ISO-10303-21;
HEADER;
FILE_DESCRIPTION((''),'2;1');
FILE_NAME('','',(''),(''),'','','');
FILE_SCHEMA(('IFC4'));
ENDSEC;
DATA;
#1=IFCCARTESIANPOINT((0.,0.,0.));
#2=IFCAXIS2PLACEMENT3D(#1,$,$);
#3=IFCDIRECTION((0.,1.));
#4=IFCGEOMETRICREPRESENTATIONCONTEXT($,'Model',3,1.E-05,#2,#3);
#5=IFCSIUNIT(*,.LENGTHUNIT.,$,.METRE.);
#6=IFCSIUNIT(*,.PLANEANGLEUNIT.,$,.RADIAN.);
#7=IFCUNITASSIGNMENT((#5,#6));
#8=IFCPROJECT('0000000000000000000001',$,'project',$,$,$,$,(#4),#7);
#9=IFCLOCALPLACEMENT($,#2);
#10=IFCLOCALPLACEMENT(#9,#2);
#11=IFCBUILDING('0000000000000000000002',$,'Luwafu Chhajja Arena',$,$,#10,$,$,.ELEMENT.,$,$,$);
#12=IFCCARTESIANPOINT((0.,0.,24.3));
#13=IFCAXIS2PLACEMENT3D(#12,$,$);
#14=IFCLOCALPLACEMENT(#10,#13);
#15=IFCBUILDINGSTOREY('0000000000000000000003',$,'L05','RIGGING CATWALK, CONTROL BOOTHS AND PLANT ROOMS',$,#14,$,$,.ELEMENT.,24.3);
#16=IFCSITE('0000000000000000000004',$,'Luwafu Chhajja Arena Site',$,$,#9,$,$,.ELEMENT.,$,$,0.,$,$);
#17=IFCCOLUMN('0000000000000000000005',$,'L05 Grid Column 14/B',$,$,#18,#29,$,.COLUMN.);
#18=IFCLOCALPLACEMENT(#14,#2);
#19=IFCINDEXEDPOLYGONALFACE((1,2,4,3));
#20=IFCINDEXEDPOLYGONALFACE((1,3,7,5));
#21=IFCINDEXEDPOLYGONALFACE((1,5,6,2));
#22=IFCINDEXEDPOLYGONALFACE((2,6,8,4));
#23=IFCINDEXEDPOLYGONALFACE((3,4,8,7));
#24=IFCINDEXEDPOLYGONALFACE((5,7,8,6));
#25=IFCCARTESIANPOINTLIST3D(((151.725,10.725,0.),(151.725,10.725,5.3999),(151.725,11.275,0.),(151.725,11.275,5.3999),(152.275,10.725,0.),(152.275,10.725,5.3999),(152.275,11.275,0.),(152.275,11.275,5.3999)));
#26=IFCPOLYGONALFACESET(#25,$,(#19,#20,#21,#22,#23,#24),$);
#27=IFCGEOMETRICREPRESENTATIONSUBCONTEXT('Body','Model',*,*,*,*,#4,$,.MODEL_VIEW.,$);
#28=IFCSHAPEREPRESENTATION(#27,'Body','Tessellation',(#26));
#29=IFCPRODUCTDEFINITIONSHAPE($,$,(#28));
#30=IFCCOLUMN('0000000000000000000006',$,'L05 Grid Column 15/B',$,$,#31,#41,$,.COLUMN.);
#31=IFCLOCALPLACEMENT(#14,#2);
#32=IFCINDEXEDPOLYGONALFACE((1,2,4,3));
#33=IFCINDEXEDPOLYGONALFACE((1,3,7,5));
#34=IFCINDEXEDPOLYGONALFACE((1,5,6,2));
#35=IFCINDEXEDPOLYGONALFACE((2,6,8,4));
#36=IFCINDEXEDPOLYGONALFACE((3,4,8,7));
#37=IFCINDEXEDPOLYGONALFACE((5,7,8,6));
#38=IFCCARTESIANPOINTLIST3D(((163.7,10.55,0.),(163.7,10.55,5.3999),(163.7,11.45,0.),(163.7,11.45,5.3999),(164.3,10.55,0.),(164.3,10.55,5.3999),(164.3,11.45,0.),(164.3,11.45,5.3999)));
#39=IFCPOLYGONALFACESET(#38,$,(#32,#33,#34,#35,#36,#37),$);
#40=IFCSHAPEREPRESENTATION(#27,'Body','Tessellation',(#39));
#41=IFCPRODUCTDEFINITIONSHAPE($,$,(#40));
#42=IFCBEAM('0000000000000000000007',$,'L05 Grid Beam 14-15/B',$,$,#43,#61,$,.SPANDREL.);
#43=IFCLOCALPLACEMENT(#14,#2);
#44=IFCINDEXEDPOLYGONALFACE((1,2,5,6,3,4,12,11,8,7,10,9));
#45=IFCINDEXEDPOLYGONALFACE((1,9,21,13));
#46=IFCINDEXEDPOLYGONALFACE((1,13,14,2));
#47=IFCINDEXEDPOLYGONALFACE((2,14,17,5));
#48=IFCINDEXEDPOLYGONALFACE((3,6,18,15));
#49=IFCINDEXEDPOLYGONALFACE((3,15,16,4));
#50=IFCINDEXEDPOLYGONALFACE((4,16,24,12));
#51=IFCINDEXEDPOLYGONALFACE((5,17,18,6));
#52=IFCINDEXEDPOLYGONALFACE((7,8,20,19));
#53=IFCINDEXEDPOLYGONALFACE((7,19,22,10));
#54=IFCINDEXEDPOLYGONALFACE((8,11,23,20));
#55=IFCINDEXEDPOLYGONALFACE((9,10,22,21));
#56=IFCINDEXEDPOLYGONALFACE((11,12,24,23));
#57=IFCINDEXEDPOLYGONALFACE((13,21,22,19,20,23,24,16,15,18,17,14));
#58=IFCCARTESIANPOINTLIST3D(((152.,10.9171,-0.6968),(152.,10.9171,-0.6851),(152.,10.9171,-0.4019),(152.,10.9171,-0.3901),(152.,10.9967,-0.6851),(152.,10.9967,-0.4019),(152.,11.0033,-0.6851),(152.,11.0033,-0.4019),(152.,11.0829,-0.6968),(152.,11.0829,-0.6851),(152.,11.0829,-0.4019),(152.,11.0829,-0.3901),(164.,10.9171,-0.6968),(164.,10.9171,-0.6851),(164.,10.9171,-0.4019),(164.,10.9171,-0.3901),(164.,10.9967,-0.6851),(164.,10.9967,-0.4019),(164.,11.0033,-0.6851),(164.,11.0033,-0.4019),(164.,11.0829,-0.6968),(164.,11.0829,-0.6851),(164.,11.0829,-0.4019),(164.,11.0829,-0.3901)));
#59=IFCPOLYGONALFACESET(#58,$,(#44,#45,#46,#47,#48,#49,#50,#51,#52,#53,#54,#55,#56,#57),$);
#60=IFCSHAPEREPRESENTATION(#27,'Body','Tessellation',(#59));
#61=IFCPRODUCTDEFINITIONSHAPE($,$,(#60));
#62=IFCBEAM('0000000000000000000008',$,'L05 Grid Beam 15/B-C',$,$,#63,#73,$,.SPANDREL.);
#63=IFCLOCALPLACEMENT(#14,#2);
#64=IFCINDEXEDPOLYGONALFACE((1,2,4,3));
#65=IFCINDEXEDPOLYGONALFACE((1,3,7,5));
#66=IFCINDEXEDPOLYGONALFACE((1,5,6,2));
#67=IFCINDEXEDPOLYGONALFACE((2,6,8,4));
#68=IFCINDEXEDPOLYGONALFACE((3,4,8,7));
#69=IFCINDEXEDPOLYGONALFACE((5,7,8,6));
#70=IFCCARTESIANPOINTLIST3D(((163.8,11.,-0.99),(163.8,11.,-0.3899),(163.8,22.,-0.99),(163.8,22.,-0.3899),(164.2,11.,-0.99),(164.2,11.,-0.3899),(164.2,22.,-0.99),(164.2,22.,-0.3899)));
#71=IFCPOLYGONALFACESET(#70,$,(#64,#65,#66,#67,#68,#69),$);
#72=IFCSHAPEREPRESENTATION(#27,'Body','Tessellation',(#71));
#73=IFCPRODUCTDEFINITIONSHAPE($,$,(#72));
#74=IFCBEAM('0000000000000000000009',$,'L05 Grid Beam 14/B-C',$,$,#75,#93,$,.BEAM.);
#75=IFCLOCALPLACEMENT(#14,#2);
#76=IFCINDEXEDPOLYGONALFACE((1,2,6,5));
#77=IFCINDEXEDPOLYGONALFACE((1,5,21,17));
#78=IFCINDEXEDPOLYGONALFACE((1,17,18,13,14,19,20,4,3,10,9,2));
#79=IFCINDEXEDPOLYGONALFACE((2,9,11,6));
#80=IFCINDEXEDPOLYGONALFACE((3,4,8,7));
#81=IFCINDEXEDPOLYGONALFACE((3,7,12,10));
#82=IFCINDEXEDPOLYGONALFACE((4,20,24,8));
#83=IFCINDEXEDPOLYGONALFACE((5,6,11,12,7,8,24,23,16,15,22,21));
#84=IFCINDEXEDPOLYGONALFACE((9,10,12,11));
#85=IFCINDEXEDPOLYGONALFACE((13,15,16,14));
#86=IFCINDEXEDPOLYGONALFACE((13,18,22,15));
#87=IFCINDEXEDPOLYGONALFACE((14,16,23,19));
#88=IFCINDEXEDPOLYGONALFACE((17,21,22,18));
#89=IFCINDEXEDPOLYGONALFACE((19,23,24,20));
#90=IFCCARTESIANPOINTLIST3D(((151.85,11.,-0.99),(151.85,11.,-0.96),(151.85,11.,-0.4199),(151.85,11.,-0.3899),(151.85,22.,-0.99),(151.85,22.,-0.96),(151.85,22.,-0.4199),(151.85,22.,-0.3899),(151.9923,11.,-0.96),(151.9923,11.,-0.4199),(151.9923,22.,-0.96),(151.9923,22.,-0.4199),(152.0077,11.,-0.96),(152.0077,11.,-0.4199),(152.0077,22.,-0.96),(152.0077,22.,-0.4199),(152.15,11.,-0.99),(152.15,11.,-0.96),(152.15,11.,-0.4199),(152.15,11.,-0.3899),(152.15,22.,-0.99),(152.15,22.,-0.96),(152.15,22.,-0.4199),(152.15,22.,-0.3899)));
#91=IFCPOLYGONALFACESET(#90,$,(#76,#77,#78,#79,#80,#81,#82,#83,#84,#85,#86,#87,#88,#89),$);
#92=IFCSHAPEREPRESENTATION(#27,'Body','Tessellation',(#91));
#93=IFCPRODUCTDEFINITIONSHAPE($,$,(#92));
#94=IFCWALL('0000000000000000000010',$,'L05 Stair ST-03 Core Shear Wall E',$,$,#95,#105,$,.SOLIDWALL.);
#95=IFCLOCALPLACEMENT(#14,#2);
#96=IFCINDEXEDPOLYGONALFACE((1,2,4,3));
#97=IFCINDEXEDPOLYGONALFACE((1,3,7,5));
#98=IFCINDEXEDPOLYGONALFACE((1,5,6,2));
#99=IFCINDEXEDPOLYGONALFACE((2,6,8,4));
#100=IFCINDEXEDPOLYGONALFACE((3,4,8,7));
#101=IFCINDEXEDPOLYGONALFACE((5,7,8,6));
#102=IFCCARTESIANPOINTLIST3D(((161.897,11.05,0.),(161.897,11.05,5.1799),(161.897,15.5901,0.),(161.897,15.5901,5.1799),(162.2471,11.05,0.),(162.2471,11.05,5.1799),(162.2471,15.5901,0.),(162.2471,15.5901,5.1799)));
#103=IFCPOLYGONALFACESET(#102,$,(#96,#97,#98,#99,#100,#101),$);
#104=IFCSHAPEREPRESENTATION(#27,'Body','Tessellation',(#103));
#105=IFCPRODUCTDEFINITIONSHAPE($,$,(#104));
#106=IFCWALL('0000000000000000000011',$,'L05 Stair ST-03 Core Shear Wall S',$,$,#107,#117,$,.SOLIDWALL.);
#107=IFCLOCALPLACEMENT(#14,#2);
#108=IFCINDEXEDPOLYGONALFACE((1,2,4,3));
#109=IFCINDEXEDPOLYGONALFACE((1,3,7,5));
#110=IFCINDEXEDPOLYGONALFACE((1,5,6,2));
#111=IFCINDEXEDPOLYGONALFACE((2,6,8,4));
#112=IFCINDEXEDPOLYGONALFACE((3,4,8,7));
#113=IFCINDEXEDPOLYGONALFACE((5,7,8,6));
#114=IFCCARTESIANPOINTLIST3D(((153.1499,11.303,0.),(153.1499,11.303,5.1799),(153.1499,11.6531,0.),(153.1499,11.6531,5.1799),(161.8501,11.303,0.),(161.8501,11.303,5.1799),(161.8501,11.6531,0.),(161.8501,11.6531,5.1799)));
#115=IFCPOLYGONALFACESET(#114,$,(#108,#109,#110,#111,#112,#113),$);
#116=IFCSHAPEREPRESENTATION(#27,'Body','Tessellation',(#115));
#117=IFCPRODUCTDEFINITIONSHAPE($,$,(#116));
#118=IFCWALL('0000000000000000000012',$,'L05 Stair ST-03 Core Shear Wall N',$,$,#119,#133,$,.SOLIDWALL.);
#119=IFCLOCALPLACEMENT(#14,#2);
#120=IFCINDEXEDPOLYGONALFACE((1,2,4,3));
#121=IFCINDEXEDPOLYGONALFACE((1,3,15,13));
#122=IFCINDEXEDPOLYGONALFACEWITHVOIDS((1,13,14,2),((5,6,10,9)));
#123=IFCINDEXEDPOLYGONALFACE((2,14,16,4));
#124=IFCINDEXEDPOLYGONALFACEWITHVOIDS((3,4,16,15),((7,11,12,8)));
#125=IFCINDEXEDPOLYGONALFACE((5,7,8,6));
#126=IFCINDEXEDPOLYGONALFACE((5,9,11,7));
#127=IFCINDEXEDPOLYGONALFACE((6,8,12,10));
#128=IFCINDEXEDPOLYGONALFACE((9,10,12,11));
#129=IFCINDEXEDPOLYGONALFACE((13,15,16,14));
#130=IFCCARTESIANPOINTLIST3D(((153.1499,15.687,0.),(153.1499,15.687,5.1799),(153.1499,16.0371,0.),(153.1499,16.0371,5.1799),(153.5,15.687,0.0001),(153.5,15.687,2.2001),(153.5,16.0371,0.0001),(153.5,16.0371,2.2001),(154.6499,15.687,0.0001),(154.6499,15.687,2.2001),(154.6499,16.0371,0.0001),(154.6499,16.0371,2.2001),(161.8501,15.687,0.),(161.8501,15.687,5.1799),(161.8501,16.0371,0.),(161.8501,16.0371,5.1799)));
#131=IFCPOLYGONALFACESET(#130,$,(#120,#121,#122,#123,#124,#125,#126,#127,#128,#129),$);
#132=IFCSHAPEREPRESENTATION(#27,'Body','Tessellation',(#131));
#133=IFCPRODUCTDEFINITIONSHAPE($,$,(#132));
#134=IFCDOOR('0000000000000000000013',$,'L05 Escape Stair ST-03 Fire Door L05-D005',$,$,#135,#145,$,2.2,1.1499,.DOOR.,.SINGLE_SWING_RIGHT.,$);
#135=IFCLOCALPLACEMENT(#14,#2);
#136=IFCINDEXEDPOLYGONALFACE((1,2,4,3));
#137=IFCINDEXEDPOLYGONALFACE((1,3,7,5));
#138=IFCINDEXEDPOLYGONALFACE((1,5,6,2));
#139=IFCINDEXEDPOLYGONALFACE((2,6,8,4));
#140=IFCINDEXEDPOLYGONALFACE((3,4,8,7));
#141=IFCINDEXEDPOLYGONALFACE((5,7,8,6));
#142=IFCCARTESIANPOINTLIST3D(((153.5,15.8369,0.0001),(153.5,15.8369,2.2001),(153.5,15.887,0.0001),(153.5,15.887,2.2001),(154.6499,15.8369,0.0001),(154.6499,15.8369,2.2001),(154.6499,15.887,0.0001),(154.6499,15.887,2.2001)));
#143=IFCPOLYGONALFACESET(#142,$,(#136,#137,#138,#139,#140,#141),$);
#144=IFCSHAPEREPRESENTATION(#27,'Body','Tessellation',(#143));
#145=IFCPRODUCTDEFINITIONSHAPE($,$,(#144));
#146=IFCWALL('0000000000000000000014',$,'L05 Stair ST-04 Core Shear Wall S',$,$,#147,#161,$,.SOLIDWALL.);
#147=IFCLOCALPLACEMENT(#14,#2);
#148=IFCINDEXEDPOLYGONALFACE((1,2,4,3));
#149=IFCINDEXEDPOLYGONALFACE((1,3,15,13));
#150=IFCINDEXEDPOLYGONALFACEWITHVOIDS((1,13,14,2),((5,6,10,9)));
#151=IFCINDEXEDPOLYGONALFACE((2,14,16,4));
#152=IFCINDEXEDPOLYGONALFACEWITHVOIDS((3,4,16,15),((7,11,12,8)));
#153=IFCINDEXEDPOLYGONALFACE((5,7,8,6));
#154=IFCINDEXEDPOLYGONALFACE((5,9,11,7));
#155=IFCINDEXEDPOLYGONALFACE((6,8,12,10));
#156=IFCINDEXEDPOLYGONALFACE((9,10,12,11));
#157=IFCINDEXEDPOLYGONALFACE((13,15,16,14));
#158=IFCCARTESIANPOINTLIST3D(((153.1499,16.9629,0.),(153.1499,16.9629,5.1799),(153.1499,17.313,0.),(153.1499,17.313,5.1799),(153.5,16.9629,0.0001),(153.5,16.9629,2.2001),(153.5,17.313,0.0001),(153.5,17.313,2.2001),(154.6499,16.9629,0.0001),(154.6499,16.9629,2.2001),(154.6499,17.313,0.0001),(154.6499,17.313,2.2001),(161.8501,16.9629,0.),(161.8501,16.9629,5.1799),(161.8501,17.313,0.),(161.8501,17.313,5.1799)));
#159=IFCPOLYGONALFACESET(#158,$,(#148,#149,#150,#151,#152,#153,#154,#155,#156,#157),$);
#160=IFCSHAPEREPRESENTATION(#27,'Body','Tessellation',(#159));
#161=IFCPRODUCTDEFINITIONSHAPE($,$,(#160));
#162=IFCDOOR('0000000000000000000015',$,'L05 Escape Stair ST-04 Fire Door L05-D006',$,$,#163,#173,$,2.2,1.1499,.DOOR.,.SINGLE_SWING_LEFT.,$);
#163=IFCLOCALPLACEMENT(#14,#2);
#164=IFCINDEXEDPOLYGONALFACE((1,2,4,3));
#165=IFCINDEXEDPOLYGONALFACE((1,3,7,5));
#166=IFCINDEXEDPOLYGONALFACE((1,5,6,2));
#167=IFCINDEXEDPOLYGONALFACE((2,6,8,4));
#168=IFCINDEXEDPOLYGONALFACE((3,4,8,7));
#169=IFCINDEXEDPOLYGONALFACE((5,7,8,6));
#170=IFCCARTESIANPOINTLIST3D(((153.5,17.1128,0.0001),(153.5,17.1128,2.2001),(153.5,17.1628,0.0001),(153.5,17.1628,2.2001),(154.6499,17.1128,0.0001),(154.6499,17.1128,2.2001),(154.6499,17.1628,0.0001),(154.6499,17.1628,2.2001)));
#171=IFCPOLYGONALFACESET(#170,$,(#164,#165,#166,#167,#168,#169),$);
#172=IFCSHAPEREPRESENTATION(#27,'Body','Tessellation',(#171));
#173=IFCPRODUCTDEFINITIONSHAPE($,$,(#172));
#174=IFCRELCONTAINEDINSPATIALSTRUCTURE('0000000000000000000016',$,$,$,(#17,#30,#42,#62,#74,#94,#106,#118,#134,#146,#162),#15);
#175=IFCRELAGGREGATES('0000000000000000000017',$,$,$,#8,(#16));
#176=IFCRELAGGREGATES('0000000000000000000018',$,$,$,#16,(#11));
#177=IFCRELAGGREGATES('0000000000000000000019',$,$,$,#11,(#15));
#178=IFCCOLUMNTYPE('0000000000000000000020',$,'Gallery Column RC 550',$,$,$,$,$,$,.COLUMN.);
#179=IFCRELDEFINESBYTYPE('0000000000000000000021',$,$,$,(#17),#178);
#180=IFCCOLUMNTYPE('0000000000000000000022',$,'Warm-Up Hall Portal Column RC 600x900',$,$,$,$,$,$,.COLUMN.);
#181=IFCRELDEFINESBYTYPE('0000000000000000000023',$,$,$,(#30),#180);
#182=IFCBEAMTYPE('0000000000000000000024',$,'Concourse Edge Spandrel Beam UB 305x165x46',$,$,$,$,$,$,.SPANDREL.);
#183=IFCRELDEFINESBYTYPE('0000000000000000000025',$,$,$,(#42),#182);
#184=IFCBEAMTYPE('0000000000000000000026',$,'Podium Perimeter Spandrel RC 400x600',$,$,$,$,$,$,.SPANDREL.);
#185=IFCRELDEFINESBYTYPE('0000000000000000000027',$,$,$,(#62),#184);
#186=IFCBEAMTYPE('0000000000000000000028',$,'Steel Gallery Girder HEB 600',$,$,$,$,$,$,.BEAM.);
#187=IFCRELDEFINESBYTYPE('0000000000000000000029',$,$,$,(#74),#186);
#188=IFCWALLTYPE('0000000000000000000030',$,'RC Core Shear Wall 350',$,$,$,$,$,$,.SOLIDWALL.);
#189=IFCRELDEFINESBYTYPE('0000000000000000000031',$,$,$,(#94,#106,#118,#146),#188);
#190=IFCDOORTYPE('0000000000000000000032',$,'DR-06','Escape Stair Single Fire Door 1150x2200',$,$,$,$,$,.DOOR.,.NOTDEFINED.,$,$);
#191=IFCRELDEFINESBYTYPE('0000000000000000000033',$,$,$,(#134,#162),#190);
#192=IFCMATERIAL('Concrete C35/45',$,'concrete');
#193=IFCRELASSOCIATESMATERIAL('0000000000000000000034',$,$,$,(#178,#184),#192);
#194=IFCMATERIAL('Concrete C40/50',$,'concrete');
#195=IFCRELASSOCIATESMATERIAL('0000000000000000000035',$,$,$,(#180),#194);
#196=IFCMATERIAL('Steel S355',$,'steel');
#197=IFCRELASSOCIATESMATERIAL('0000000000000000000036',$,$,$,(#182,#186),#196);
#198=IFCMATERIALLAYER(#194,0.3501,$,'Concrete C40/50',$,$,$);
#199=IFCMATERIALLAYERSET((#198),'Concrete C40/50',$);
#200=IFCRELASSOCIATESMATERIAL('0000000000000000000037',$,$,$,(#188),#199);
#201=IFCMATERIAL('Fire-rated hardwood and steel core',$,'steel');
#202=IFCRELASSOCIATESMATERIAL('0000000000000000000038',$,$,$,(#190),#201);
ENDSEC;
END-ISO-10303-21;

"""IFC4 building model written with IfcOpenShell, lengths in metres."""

from ifc_helpers import new_model, si_unit, direction, frame, frame_2d, origin, origin_2d, place, context, subcontext, project, spatial, rectangle, i_section, extrude, material, layer, layer_set, material_profile, profile_set, type_object, element, fill, save


model = new_model("IFC4")

# Units and contexts
model_context = context("Model", 3, precision=1e-05, world=origin(), true_north=direction((0.0, 1.0)))
body_context = subcontext(model_context, "Body", "Model", "MODEL_VIEW")
ifc_project = project(units=[si_unit("LENGTHUNIT", "METRE"), si_unit("PLANEANGLEUNIT", "RADIAN")], contexts=[model_context])

# Site, building, storey
site_placement = place(None, origin())
site = spatial("IfcSite", under=ifc_project, at=site_placement, Name="Luwafu Chhajja Arena Site", CompositionType="ELEMENT", RefElevation=0.0)
building_placement = place(site_placement, origin())
building = spatial("IfcBuilding", under=site, at=building_placement, Name="Luwafu Chhajja Arena", CompositionType="ELEMENT")
storey_placement = place(building_placement, frame((0.0, 0.0, 24.3)))
storey = spatial("IfcBuildingStorey", under=building, at=storey_placement, Name="L05", Description="RIGGING CATWALK, CONTROL BOOTHS AND PLANT ROOMS", CompositionType="ELEMENT", Elevation=24.3)

# Columns
ifc_material_1 = material(Name="Concrete C35/45", Category="concrete")
ifc_material_profile_1 = material_profile(ifc_material_1, rectangle(XDim=0.55, YDim=0.55, at=origin_2d()), Name="RC 550x550")
ifc_profile_set_1 = profile_set([ifc_material_profile_1], Name="Concrete C35/45")
column_type_1 = type_object("IfcColumnType", Name="Gallery Column RC 550", PredefinedType="COLUMN", material=ifc_profile_set_1)
column_1_placement = place(storey_placement, frame((152.0, 11.0, 0.0), z_axis=(0.0, 0.0, 1.0), x_axis=(1.0, 0.0, 0.0)))
element("IfcColumn", 1, at=column_1_placement, inside=storey, type_object=column_type_1, Name="L05 Grid Column 14/B", PredefinedType="COLUMN", context=body_context, shape_type="SweptSolid", body=[
    extrude(rectangle(XDim=0.55, YDim=0.55, at=origin_2d()), origin(), (0.0, 0.0, 1.0), 5.3999),
])
ifc_material_2 = material(Name="Concrete C40/50", Category="concrete")
ifc_material_profile_2 = material_profile(ifc_material_2, rectangle(XDim=0.6001, YDim=0.8999, at=origin_2d()), Name="RC 600x900")
ifc_profile_set_2 = profile_set([ifc_material_profile_2], Name="Concrete C40/50")
column_type_2 = type_object("IfcColumnType", Name="Warm-Up Hall Portal Column RC 600x900", PredefinedType="COLUMN", material=ifc_profile_set_2)
column_2_placement = place(storey_placement, frame((164.0, 11.0, 0.0), z_axis=(0.0, 0.0, 1.0), x_axis=(1.0, 0.0, 0.0)))
element("IfcColumn", 2, at=column_2_placement, inside=storey, type_object=column_type_2, Name="L05 Grid Column 15/B", PredefinedType="COLUMN", context=body_context, shape_type="SweptSolid", body=[
    extrude(rectangle(XDim=0.6001, YDim=0.8999, at=origin_2d()), origin(), (0.0, 0.0, 1.0), 5.3999),
])

# Beams
ifc_material_3 = material(Name="Steel S355", Category="steel")
ifc_material_profile_3 = material_profile(ifc_material_3, i_section(OverallWidth=0.1658, OverallDepth=0.3066, WebThickness=0.0066, FlangeThickness=0.0117, at=origin_2d()), Name="UB 305x165x46")
ifc_profile_set_3 = profile_set([ifc_material_profile_3], Name="Steel S355")
beam_type_1 = type_object("IfcBeamType", Name="Concourse Edge Spandrel Beam UB 305x165x46", PredefinedType="SPANDREL", material=ifc_profile_set_3)
beam_1_placement = place(storey_placement, frame((152.0, 11.0, -0.5435), z_axis=(1.0, 0.0, 0.0), x_axis=(0.0, 1.0, 0.0)))
element("IfcBeam", 3, at=beam_1_placement, inside=storey, type_object=beam_type_1, Name="L05 Grid Beam 14-15/B", PredefinedType="SPANDREL", context=body_context, shape_type="SweptSolid", body=[
    extrude(i_section(OverallWidth=0.1658, OverallDepth=0.3066, WebThickness=0.0066, FlangeThickness=0.0117, at=origin_2d()), origin(), (0.0, 0.0, 1.0), 12.0),
])
ifc_material_profile_4 = material_profile(ifc_material_1, rectangle(XDim=0.3999, YDim=0.6001, at=origin_2d()), Name="RC 400x600")
ifc_profile_set_4 = profile_set([ifc_material_profile_4], Name="Concrete C35/45")
beam_type_2 = type_object("IfcBeamType", Name="Podium Perimeter Spandrel RC 400x600", PredefinedType="SPANDREL", material=ifc_profile_set_4)
beam_2_placement = place(storey_placement, frame((164.0, 11.0, -0.6899), z_axis=(0.0, 1.0, 0.0), x_axis=(-1.0, 0.0, 0.0)))
element("IfcBeam", 4, at=beam_2_placement, inside=storey, type_object=beam_type_2, Name="L05 Grid Beam 15/B-C", PredefinedType="SPANDREL", context=body_context, shape_type="SweptSolid", body=[
    extrude(rectangle(XDim=0.3999, YDim=0.6001, at=origin_2d()), origin(), (0.0, 0.0, 1.0), 11.0),
])
ifc_material_profile_5 = material_profile(ifc_material_3, i_section(OverallWidth=0.3, OverallDepth=0.6001, WebThickness=0.0154, FlangeThickness=0.03, at=origin_2d()), Name="HEB 600")
ifc_profile_set_5 = profile_set([ifc_material_profile_5], Name="Steel S355")
beam_type_3 = type_object("IfcBeamType", Name="Steel Gallery Girder HEB 600", PredefinedType="BEAM", material=ifc_profile_set_5)
beam_3_placement = place(storey_placement, frame((152.0, 11.0, -0.6899), z_axis=(0.0, 1.0, 0.0), x_axis=(-1.0, 0.0, 0.0)))
element("IfcBeam", 5, at=beam_3_placement, inside=storey, type_object=beam_type_3, Name="L05 Grid Beam 14/B-C", PredefinedType="BEAM", context=body_context, shape_type="SweptSolid", body=[
    extrude(i_section(OverallWidth=0.3, OverallDepth=0.6001, WebThickness=0.0154, FlangeThickness=0.03, at=origin_2d()), origin(), (0.0, 0.0, 1.0), 11.0),
])

# Walls
ifc_layer_1 = layer(ifc_material_2, 0.3501, Name="Concrete C40/50")
ifc_layer_set_1 = layer_set([ifc_layer_1], Name="Concrete C40/50")
wall_type_1 = type_object("IfcWallType", Name="RC Core Shear Wall 350", PredefinedType="SOLIDWALL", material=ifc_layer_set_1)
wall_1_placement = place(storey_placement, frame((162.072, 11.05, 0.0), z_axis=(0.0, 0.0, 1.0), x_axis=(0.0, 1.0, 0.0)))
element("IfcWall", 6, at=wall_1_placement, inside=storey, type_object=wall_type_1, Name="L05 Stair ST-03 Core Shear Wall E", PredefinedType="SOLIDWALL", context=body_context, shape_type="SweptSolid", body=[
    extrude(rectangle(XDim=4.54, YDim=0.3501, at=frame_2d((2.27, 0.0))), origin(), (0.0, 0.0, 1.0), 5.1799),
])
wall_2_placement = place(storey_placement, frame((153.1499, 11.478, 0.0), z_axis=(0.0, 0.0, 1.0), x_axis=(1.0, 0.0, 0.0)))
element("IfcWall", 7, at=wall_2_placement, inside=storey, type_object=wall_type_1, Name="L05 Stair ST-03 Core Shear Wall S", PredefinedType="SOLIDWALL", context=body_context, shape_type="SweptSolid", body=[
    extrude(rectangle(XDim=8.7002, YDim=0.3501, at=frame_2d((4.3501, 0.0))), origin(), (0.0, 0.0, 1.0), 5.1799),
])

# Walls, openings, doors
wall_3_placement = place(storey_placement, frame((153.1499, 15.8621, 0.0), z_axis=(0.0, 0.0, 1.0), x_axis=(1.0, 0.0, 0.0)))
wall_3 = element("IfcWall", 8, at=wall_3_placement, inside=storey, type_object=wall_type_1, Name="L05 Stair ST-03 Core Shear Wall N", PredefinedType="SOLIDWALL", context=body_context, shape_type="SweptSolid", body=[
    extrude(rectangle(XDim=8.7002, YDim=0.3501, at=frame_2d((4.3501, 0.0))), origin(), (0.0, 0.0, 1.0), 5.1799),
])
opening_1_placement = place(wall_3_placement, frame((0.3501, 0.0, 0.0)))
opening_1 = element("IfcOpeningElement", 9, at=opening_1_placement, cuts=wall_3, PredefinedType="OPENING", context=body_context, shape_type="SweptSolid", body=[
    extrude(rectangle(XDim=1.1499, YDim=2.2, at=frame_2d((0.575, 1.1001))), frame((0.0, 0.1851, 0.0), z_axis=(0.0, -1.0, 0.0), x_axis=(1.0, 0.0, 0.0)), (0.0, 0.0, 1.0), 0.3701),
])
ifc_material_4 = material(Name="Fire-rated hardwood and steel core", Category="steel")
door_type = type_object("IfcDoorType", Name="DR-06", Description="Escape Stair Single Fire Door 1150x2200", OperationType="NOTDEFINED", PredefinedType="DOOR", material=ifc_material_4)
door_1_placement = place(opening_1_placement, origin())
door_1 = element("IfcDoor", 10, at=door_1_placement, inside=storey, type_object=door_type, Name="L05 Escape Stair ST-03 Fire Door L05-D005", OperationType="SINGLE_SWING_RIGHT", OverallHeight=2.2, OverallWidth=1.1499, PredefinedType="DOOR", context=body_context, shape_type="SweptSolid", body=[
    extrude(rectangle(XDim=1.1499, YDim=2.2, at=frame_2d((0.575, 1.1001))), frame((0.0, 0.0249, 0.0), z_axis=(0.0, -1.0, 0.0), x_axis=(1.0, 0.0, 0.0)), (0.0, 0.0, 1.0), 0.05),
])
fill(opening_1, door_1)
wall_4_placement = place(storey_placement, frame((153.1499, 17.1379, 0.0), z_axis=(0.0, 0.0, 1.0), x_axis=(1.0, 0.0, 0.0)))
wall_4 = element("IfcWall", 11, at=wall_4_placement, inside=storey, type_object=wall_type_1, Name="L05 Stair ST-04 Core Shear Wall S", PredefinedType="SOLIDWALL", context=body_context, shape_type="SweptSolid", body=[
    extrude(rectangle(XDim=8.7002, YDim=0.3501, at=frame_2d((4.3501, 0.0))), origin(), (0.0, 0.0, 1.0), 5.1799),
])
opening_2_placement = place(wall_4_placement, frame((0.3501, 0.0, 0.0)))
opening_2 = element("IfcOpeningElement", 12, at=opening_2_placement, cuts=wall_4, PredefinedType="OPENING", context=body_context, shape_type="SweptSolid", body=[
    extrude(rectangle(XDim=1.1499, YDim=2.2, at=frame_2d((0.575, 1.1001))), frame((0.0, 0.1851, 0.0), z_axis=(0.0, -1.0, 0.0), x_axis=(1.0, 0.0, 0.0)), (0.0, 0.0, 1.0), 0.3701),
])
door_2_placement = place(opening_2_placement, origin())
door_2 = element("IfcDoor", 13, at=door_2_placement, inside=storey, type_object=door_type, Name="L05 Escape Stair ST-04 Fire Door L05-D006", OperationType="SINGLE_SWING_LEFT", OverallHeight=2.2, OverallWidth=1.1499, PredefinedType="DOOR", context=body_context, shape_type="SweptSolid", body=[
    extrude(rectangle(XDim=1.1499, YDim=2.2, at=frame_2d((0.575, 1.1001))), frame((0.0, 0.0249, 0.0), z_axis=(0.0, -1.0, 0.0), x_axis=(1.0, 0.0, 0.0)), (0.0, 0.0, 1.0), 0.05),
])
fill(opening_2, door_2)

save(model, "model.ifc")
